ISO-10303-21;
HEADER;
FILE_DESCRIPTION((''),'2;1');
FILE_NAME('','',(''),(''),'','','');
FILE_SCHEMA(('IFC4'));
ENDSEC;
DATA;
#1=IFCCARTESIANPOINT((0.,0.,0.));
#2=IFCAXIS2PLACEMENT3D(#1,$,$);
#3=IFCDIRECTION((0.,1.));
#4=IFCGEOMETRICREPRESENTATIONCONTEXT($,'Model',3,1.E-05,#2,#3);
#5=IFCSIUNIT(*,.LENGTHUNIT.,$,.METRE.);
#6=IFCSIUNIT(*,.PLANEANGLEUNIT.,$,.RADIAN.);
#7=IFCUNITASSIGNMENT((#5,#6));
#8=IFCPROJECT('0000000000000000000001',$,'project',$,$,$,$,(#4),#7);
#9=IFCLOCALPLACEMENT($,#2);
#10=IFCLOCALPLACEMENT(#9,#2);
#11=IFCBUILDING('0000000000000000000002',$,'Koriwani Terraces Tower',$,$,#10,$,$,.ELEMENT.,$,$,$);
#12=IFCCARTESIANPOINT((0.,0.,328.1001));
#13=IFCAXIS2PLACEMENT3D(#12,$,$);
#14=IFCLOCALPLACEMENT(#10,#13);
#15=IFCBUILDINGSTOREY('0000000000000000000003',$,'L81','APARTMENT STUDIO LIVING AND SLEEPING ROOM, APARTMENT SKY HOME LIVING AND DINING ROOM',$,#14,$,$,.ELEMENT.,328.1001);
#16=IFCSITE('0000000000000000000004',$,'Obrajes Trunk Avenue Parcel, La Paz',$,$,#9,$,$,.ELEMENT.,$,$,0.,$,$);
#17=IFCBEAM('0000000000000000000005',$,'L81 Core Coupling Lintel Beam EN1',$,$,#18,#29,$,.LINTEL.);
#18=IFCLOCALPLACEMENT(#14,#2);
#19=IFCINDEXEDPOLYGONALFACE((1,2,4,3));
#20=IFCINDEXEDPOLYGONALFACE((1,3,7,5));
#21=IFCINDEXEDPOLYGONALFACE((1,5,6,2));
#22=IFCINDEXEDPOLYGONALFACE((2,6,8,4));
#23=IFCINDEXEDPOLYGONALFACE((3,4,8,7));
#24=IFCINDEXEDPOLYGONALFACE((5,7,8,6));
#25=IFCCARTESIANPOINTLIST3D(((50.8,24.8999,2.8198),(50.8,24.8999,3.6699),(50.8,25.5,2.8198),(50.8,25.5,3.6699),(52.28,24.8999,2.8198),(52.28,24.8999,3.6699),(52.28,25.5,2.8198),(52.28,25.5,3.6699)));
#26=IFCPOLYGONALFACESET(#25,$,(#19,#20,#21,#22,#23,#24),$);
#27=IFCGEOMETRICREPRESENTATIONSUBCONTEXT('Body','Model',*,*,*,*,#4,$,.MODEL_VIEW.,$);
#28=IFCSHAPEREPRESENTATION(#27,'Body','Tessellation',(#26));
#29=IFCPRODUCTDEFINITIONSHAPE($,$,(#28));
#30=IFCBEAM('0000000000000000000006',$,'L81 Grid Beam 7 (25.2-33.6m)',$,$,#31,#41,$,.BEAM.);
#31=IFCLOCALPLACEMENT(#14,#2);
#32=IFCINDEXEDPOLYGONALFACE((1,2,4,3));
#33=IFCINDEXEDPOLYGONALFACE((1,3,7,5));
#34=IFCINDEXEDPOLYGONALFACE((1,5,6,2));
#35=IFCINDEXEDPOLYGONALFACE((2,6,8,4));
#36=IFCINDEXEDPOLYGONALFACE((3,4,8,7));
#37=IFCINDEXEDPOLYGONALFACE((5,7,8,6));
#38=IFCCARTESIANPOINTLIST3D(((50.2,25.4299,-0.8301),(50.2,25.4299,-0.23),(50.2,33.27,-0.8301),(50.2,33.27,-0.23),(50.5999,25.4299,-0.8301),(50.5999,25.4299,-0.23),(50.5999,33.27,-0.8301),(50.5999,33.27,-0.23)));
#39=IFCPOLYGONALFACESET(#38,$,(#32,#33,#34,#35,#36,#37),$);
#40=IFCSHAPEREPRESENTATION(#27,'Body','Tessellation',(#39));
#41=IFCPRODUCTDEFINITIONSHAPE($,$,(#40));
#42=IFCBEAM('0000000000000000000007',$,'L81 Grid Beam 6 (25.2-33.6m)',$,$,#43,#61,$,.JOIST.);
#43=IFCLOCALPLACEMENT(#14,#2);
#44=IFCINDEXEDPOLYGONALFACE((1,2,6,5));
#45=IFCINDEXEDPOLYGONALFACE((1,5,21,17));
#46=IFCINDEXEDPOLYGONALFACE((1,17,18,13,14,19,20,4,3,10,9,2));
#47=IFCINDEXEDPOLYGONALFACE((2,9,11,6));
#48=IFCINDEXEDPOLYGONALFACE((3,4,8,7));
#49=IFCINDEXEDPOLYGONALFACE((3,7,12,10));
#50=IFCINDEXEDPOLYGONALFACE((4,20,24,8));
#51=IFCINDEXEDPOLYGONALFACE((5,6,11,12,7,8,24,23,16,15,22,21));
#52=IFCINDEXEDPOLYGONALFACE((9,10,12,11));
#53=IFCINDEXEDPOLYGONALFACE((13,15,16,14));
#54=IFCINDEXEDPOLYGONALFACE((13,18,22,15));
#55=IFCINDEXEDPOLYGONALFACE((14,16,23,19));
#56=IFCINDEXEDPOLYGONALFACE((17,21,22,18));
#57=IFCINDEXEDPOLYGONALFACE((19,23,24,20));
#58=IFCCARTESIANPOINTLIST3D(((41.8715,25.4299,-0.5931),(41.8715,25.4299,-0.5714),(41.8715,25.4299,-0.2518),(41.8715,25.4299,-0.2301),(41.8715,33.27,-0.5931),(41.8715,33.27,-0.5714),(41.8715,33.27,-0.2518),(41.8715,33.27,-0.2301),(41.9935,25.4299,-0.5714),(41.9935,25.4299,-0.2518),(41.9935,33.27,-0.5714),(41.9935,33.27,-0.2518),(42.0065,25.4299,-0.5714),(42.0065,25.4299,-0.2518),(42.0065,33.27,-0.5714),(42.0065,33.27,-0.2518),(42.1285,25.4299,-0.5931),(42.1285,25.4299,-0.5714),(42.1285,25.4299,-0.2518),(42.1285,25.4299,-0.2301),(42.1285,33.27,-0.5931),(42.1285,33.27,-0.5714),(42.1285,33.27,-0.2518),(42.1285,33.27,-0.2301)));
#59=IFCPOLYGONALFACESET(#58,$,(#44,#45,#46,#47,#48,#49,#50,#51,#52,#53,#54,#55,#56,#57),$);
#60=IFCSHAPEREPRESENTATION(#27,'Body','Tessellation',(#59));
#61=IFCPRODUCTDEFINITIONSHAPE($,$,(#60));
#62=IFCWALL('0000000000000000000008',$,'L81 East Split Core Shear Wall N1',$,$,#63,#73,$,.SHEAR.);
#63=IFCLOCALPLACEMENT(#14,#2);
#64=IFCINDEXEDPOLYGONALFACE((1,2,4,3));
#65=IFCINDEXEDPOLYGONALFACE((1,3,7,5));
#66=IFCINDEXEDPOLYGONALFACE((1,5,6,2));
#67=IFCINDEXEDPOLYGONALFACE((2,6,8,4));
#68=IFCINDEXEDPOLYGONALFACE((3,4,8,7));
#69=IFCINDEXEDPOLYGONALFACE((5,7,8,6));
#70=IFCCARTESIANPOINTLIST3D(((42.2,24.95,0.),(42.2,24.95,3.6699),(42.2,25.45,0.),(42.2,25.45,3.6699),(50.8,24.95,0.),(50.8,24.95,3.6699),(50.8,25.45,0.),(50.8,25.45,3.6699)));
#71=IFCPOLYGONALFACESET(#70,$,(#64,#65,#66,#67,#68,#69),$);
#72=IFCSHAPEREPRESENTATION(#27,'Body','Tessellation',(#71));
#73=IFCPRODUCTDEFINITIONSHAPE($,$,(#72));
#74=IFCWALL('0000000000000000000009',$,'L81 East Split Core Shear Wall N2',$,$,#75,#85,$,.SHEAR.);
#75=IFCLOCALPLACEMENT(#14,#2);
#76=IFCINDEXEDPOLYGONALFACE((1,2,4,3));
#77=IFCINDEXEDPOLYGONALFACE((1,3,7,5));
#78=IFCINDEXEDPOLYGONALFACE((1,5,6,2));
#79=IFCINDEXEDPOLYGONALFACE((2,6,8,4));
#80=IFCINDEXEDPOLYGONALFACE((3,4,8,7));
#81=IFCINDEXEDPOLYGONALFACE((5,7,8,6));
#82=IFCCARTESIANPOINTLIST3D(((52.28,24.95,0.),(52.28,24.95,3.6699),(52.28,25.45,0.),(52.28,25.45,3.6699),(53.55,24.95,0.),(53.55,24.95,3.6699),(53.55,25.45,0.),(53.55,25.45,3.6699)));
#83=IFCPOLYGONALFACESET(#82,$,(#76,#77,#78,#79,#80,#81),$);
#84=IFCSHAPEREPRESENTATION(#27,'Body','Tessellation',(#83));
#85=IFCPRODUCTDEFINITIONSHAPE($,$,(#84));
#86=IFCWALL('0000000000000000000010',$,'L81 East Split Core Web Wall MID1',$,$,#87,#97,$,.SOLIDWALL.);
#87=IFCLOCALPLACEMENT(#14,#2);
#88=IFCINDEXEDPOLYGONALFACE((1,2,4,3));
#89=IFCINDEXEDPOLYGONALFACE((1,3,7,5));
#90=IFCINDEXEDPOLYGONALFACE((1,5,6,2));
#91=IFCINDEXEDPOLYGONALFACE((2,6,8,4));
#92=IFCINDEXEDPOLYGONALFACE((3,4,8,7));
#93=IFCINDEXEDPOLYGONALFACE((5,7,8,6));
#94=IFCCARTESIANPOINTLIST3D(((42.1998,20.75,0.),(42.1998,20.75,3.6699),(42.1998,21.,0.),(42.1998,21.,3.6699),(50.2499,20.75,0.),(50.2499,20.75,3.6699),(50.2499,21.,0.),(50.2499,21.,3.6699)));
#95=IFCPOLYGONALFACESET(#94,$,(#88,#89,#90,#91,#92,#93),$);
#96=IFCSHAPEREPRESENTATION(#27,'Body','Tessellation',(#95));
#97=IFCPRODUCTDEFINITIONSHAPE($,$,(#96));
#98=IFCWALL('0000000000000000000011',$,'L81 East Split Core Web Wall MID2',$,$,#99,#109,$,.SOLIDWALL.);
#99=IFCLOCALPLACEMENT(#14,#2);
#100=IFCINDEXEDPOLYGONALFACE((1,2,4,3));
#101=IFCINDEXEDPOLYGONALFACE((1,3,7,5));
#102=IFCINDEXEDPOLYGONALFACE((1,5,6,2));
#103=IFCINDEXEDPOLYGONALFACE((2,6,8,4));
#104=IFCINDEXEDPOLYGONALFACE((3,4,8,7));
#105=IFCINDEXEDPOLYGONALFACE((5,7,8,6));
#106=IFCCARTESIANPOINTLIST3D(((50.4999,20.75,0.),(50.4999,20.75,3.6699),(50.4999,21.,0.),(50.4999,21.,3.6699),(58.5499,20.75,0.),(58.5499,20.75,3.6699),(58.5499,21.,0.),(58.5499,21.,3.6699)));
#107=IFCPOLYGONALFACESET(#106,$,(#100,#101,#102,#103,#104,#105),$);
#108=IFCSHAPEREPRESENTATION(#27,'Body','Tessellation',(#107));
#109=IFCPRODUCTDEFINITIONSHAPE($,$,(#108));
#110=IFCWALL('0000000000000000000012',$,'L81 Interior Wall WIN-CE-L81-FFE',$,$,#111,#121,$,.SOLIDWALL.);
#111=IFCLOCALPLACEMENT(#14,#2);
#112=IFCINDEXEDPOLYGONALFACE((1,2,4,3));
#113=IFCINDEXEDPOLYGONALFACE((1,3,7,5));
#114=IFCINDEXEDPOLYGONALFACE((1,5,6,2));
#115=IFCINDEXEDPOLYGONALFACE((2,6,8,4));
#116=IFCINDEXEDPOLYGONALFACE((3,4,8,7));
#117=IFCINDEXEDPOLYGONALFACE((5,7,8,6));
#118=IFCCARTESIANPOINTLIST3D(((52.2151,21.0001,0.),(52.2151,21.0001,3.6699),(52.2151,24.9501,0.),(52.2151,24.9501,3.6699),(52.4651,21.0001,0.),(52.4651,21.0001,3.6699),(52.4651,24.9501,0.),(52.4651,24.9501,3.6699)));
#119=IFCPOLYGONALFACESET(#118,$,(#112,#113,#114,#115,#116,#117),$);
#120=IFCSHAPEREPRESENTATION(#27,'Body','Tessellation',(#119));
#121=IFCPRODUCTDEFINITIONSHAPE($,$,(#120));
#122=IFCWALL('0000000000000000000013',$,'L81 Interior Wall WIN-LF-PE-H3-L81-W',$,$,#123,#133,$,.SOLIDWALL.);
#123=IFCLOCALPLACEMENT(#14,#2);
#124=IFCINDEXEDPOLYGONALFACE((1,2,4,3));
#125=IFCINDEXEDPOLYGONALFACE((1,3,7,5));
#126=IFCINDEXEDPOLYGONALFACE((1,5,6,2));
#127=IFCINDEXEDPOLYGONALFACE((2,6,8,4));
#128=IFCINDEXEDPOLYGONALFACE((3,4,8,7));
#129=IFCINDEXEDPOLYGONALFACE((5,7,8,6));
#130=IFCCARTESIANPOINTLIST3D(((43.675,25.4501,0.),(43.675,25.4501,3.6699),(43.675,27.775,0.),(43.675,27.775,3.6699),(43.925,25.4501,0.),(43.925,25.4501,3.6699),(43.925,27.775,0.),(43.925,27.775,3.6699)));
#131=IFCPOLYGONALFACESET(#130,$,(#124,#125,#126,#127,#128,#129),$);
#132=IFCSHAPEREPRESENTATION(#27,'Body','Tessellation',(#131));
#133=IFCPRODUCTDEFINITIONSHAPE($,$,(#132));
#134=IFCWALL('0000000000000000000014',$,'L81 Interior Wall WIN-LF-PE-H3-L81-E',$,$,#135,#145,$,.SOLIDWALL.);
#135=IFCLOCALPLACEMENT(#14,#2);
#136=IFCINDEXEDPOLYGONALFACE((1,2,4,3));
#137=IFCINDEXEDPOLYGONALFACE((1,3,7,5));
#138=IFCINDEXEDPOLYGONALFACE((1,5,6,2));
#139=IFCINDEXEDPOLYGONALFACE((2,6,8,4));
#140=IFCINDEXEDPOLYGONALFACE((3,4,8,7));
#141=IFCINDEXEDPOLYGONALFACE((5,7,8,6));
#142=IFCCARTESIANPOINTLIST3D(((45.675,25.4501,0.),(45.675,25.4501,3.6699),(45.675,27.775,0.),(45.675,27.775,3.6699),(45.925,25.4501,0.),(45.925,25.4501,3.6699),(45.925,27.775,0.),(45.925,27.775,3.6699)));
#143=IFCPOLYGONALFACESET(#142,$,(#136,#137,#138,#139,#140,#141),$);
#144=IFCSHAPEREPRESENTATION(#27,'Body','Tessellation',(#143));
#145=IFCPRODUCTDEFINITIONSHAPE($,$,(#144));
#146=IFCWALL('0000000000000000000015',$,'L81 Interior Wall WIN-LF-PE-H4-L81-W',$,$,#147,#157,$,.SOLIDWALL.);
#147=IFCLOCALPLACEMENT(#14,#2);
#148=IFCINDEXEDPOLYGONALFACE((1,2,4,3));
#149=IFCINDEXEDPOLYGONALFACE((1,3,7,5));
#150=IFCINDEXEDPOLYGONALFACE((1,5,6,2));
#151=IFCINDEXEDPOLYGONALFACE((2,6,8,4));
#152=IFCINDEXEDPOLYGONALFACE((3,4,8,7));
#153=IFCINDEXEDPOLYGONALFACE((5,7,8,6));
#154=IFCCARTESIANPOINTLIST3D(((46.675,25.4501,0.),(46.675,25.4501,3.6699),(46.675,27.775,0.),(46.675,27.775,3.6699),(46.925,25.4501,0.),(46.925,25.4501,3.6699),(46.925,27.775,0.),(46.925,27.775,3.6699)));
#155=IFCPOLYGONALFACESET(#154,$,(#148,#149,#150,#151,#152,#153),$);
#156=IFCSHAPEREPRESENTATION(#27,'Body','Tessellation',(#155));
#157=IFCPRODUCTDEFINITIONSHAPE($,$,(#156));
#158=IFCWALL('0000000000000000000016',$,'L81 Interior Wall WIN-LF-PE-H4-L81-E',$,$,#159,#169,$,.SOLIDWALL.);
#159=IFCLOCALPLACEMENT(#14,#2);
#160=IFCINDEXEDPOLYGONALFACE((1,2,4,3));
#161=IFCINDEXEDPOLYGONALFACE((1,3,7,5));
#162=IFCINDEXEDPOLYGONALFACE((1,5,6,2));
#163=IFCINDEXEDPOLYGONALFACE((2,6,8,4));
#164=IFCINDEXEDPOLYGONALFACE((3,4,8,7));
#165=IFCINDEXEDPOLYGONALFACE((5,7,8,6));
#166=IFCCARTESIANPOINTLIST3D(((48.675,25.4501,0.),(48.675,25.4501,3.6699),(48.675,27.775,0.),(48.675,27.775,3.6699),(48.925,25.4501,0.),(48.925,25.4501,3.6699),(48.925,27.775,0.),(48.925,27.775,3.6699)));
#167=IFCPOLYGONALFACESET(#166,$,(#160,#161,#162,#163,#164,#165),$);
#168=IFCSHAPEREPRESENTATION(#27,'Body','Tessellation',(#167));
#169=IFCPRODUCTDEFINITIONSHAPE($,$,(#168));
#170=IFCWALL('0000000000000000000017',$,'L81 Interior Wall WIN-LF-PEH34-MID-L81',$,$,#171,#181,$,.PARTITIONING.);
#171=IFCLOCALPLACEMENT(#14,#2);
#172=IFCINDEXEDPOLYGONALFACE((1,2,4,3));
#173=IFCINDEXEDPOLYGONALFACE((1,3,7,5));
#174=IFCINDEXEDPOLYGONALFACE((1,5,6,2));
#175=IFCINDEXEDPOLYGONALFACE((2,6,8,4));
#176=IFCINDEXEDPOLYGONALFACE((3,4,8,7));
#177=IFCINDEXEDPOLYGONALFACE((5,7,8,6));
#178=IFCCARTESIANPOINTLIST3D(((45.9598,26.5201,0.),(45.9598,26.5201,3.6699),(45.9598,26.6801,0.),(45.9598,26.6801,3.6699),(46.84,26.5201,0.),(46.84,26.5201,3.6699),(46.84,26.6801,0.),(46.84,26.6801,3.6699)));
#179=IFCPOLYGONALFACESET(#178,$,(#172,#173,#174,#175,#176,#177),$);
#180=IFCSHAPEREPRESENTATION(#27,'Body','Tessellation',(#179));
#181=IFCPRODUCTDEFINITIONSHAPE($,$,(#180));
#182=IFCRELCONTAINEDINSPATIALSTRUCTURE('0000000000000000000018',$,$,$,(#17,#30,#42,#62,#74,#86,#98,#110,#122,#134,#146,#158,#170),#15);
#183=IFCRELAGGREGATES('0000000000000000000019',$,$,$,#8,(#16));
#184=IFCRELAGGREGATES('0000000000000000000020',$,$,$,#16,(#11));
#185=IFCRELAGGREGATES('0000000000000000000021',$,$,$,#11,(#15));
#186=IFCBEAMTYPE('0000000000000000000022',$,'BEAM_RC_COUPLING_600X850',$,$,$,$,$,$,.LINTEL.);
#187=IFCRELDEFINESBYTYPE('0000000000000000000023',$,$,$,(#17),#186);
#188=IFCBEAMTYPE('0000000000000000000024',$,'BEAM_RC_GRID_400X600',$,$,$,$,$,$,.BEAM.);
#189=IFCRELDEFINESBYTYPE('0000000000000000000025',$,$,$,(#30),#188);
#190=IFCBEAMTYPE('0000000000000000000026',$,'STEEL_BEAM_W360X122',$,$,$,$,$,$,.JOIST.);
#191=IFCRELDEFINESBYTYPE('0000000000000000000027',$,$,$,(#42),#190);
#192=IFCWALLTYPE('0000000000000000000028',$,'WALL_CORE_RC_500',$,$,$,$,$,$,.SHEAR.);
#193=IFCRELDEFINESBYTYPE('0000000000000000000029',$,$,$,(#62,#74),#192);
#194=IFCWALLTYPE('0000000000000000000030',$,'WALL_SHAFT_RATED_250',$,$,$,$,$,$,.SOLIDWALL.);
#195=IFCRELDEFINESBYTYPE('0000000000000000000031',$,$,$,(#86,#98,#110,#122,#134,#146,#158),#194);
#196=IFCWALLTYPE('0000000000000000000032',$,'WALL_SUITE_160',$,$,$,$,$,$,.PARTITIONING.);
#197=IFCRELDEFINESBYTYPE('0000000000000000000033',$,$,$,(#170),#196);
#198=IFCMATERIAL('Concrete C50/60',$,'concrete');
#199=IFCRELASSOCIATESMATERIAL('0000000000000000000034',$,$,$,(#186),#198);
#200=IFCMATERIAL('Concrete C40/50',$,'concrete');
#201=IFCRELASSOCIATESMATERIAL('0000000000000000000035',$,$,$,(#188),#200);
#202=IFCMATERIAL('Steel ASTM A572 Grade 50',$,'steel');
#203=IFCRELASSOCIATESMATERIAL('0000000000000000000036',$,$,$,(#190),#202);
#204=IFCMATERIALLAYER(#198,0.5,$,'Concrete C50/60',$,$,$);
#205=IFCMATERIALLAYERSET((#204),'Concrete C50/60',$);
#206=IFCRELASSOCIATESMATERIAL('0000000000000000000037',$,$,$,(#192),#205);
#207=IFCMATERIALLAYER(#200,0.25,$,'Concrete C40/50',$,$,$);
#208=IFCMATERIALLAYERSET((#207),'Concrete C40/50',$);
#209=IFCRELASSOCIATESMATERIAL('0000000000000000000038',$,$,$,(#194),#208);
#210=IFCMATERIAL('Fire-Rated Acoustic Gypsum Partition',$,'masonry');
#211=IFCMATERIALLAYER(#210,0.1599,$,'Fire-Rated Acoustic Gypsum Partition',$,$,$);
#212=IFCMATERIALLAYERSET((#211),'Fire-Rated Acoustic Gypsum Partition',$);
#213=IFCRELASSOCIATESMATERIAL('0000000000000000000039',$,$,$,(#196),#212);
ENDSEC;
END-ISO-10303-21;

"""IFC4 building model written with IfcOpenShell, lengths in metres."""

from ifc_helpers import new_model, si_unit, direction, frame, frame_2d, origin, origin_2d, place, context, subcontext, project, spatial, rectangle, i_section, extrude, material, layer, layer_set, material_profile, profile_set, type_object, element, save


model = new_model("IFC4")

# Units and contexts
model_context = context("Model", 3, precision=1e-05, world=origin(), true_north=direction((0.0, 1.0)))
body_context = subcontext(model_context, "Body", "Model", "MODEL_VIEW")
ifc_project = project(units=[si_unit("LENGTHUNIT", "METRE"), si_unit("PLANEANGLEUNIT", "RADIAN")], contexts=[model_context])

# Site, building, storey
site_placement = place(None, origin())
site = spatial("IfcSite", under=ifc_project, at=site_placement, Name="Obrajes Trunk Avenue Parcel, La Paz", CompositionType="ELEMENT", RefElevation=0.0)
building_placement = place(site_placement, origin())
building = spatial("IfcBuilding", under=site, at=building_placement, Name="Koriwani Terraces Tower", CompositionType="ELEMENT")
storey_placement = place(building_placement, frame((0.0, 0.0, 328.1001)))
storey = spatial("IfcBuildingStorey", under=building, at=storey_placement, Name="L81", Description="APARTMENT STUDIO LIVING AND SLEEPING ROOM, APARTMENT SKY HOME LIVING AND DINING ROOM", CompositionType="ELEMENT", Elevation=328.1001)

# Beams
ifc_material_1 = material(Name="Concrete C50/60", Category="concrete")
ifc_material_profile_1 = material_profile(ifc_material_1, rectangle(XDim=0.6001, YDim=0.8501, at=origin_2d()), Name="Concrete C50/60", Category="LoadBearing")
ifc_profile_set_1 = profile_set([ifc_material_profile_1], Name="Concrete C50/60")
beam_type_1 = type_object("IfcBeamType", Name="BEAM_RC_COUPLING_600X850", PredefinedType="LINTEL", material=ifc_profile_set_1)
beam_1_placement = place(storey_placement, frame((50.8, 25.2, 3.2449), z_axis=(1.0, 0.0, 0.0), x_axis=(0.0, 1.0, 0.0)))
element("IfcBeam", 1, at=beam_1_placement, inside=storey, type_object=beam_type_1, Name="L81 Core Coupling Lintel Beam EN1", PredefinedType="LINTEL", context=body_context, shape_type="SweptSolid", body=[
    extrude(rectangle(XDim=0.6001, YDim=0.8501, at=origin_2d()), origin(), (0.0, 0.0, 1.0), 1.48),
])
ifc_material_2 = material(Name="Concrete C40/50", Category="concrete")
ifc_material_profile_2 = material_profile(ifc_material_2, rectangle(XDim=0.3999, YDim=0.6001, at=origin_2d()), Name="Concrete C40/50", Category="LoadBearing")
ifc_profile_set_2 = profile_set([ifc_material_profile_2], Name="Concrete C40/50")
beam_type_2 = type_object("IfcBeamType", Name="BEAM_RC_GRID_400X600", PredefinedType="BEAM", material=ifc_profile_set_2)
beam_2_placement = place(storey_placement, frame((50.3999, 25.4299, -0.53), z_axis=(0.0, 1.0, 0.0), x_axis=(-1.0, 0.0, 0.0)))
element("IfcBeam", 2, at=beam_2_placement, inside=storey, type_object=beam_type_2, Name="L81 Grid Beam 7 (25.2-33.6m)", PredefinedType="BEAM", context=body_context, shape_type="SweptSolid", body=[
    extrude(rectangle(XDim=0.3999, YDim=0.6001, at=origin_2d()), origin(), (0.0, 0.0, 1.0), 7.8401),
])
ifc_material_3 = material(Name="Steel ASTM A572 Grade 50", Category="steel")
ifc_material_profile_3 = material_profile(ifc_material_3, i_section(OverallWidth=0.2571, OverallDepth=0.363, WebThickness=0.0129, FlangeThickness=0.0217, at=origin_2d()), Name="Steel ASTM A572 Grade 50", Category="LoadBearing")
ifc_profile_set_3 = profile_set([ifc_material_profile_3], Name="Steel ASTM A572 Grade 50")
beam_type_3 = type_object("IfcBeamType", Name="STEEL_BEAM_W360X122", PredefinedType="JOIST", material=ifc_profile_set_3)
beam_3_placement = place(storey_placement, frame((42.0, 25.4299, -0.4116), z_axis=(0.0, 1.0, 0.0), x_axis=(-1.0, 0.0, 0.0)))
element("IfcBeam", 3, at=beam_3_placement, inside=storey, type_object=beam_type_3, Name="L81 Grid Beam 6 (25.2-33.6m)", PredefinedType="JOIST", context=body_context, shape_type="SweptSolid", body=[
    extrude(i_section(OverallWidth=0.2571, OverallDepth=0.363, WebThickness=0.0129, FlangeThickness=0.0217, at=origin_2d()), origin(), (0.0, 0.0, 1.0), 7.8401),
])

# Walls
ifc_layer_1 = layer(ifc_material_1, 0.5, Name="Concrete C50/60")
ifc_layer_set_1 = layer_set([ifc_layer_1], Name="Concrete C50/60")
wall_type_1 = type_object("IfcWallType", Name="WALL_CORE_RC_500", PredefinedType="SHEAR", material=ifc_layer_set_1)
wall_1_placement = place(storey_placement, frame((42.2, 25.2, 0.0), z_axis=(0.0, 0.0, 1.0), x_axis=(1.0, 0.0, 0.0)))
element("IfcWall", 4, at=wall_1_placement, inside=storey, type_object=wall_type_1, Name="L81 East Split Core Shear Wall N1", PredefinedType="SHEAR", context=body_context, shape_type="SweptSolid", body=[
    extrude(rectangle(XDim=8.6001, YDim=0.5, at=frame_2d((4.3, 0.0))), origin(), (0.0, 0.0, 1.0), 3.6699),
])
wall_2_placement = place(storey_placement, frame((52.28, 25.2, 0.0), z_axis=(0.0, 0.0, 1.0), x_axis=(1.0, 0.0, 0.0)))
element("IfcWall", 5, at=wall_2_placement, inside=storey, type_object=wall_type_1, Name="L81 East Split Core Shear Wall N2", PredefinedType="SHEAR", context=body_context, shape_type="SweptSolid", body=[
    extrude(rectangle(XDim=1.27, YDim=0.5, at=frame_2d((0.635, 0.0))), origin(), (0.0, 0.0, 1.0), 3.6699),
])
ifc_layer_2 = layer(ifc_material_2, 0.25, Name="Concrete C40/50")
ifc_layer_set_2 = layer_set([ifc_layer_2], Name="Concrete C40/50")
wall_type_2 = type_object("IfcWallType", Name="WALL_SHAFT_RATED_250", PredefinedType="SOLIDWALL", material=ifc_layer_set_2)
for number, where, z_axis, x_axis, name in (
    (6, (42.2, 20.875, 0.0), (0.0, 0.0, 1.0), (1.0, 0.0, 0.0), "L81 East Split Core Web Wall MID1"),
    (7, (50.5, 20.875, 0.0), (0.0, 0.0, 1.0), (1.0, 0.0, 0.0), "L81 East Split Core Web Wall MID2"),
):
    element("IfcWall", number, at=place(storey_placement, frame(where, z_axis=z_axis, x_axis=x_axis)), inside=storey, type_object=wall_type_2, Name=name, PredefinedType="SOLIDWALL", context=body_context, shape_type="SweptSolid", body=[
        extrude(rectangle(XDim=8.05, YDim=0.25, at=frame_2d((4.0249, 0.0))), origin(), (0.0, 0.0, 1.0), 3.6699),
    ])

# Walls
wall_3_placement = place(storey_placement, frame((52.3401, 21.0, 0.0), z_axis=(0.0, 0.0, 1.0), x_axis=(0.0, 1.0, 0.0)))
element("IfcWall", 8, at=wall_3_placement, inside=storey, type_object=wall_type_2, Name="L81 Interior Wall WIN-CE-L81-FFE", PredefinedType="SOLIDWALL", context=body_context, shape_type="SweptSolid", body=[
    extrude(rectangle(XDim=3.95, YDim=0.25, at=frame_2d((1.9751, 0.0))), origin(), (0.0, 0.0, 1.0), 3.6699),
])
for number, where, z_axis, x_axis, name in (
    (9, (43.8, 25.45, 0.0), (0.0, 0.0, 1.0), (0.0, 1.0, 0.0), "L81 Interior Wall WIN-LF-PE-H3-L81-W"),
    (10, (45.8, 25.45, 0.0), (0.0, 0.0, 1.0), (0.0, 1.0, 0.0), "L81 Interior Wall WIN-LF-PE-H3-L81-E"),
    (11, (46.8, 25.45, 0.0), (0.0, 0.0, 1.0), (0.0, 1.0, 0.0), "L81 Interior Wall WIN-LF-PE-H4-L81-W"),
    (12, (48.8, 25.45, 0.0), (0.0, 0.0, 1.0), (0.0, 1.0, 0.0), "L81 Interior Wall WIN-LF-PE-H4-L81-E"),
):
    element("IfcWall", number, at=place(storey_placement, frame(where, z_axis=z_axis, x_axis=x_axis)), inside=storey, type_object=wall_type_2, Name=name, PredefinedType="SOLIDWALL", context=body_context, shape_type="SweptSolid", body=[
        extrude(rectangle(XDim=2.325, YDim=0.25, at=frame_2d((1.1626, 0.0))), origin(), (0.0, 0.0, 1.0), 3.6699),
    ])
ifc_material_4 = material(Name="Fire-Rated Acoustic Gypsum Partition", Category="masonry")
ifc_layer_3 = layer(ifc_material_4, 0.1599, Name="Fire-Rated Acoustic Gypsum Partition")
ifc_layer_set_3 = layer_set([ifc_layer_3], Name="Fire-Rated Acoustic Gypsum Partition")
wall_type_3 = type_object("IfcWallType", Name="WALL_SUITE_160", PredefinedType="PARTITIONING", material=ifc_layer_set_3)
wall_4_placement = place(storey_placement, frame((45.96, 26.6001, 0.0), z_axis=(0.0, 0.0, 1.0), x_axis=(1.0, 0.0, 0.0)))
element("IfcWall", 13, at=wall_4_placement, inside=storey, type_object=wall_type_3, Name="L81 Interior Wall WIN-LF-PEH34-MID-L81", PredefinedType="PARTITIONING", context=body_context, shape_type="SweptSolid", body=[
    extrude(rectangle(XDim=0.8801, YDim=0.1599, at=frame_2d((0.4399, 0.0))), origin(), (0.0, 0.0, 1.0), 3.6699),
])

save(model, "model.ifc")
